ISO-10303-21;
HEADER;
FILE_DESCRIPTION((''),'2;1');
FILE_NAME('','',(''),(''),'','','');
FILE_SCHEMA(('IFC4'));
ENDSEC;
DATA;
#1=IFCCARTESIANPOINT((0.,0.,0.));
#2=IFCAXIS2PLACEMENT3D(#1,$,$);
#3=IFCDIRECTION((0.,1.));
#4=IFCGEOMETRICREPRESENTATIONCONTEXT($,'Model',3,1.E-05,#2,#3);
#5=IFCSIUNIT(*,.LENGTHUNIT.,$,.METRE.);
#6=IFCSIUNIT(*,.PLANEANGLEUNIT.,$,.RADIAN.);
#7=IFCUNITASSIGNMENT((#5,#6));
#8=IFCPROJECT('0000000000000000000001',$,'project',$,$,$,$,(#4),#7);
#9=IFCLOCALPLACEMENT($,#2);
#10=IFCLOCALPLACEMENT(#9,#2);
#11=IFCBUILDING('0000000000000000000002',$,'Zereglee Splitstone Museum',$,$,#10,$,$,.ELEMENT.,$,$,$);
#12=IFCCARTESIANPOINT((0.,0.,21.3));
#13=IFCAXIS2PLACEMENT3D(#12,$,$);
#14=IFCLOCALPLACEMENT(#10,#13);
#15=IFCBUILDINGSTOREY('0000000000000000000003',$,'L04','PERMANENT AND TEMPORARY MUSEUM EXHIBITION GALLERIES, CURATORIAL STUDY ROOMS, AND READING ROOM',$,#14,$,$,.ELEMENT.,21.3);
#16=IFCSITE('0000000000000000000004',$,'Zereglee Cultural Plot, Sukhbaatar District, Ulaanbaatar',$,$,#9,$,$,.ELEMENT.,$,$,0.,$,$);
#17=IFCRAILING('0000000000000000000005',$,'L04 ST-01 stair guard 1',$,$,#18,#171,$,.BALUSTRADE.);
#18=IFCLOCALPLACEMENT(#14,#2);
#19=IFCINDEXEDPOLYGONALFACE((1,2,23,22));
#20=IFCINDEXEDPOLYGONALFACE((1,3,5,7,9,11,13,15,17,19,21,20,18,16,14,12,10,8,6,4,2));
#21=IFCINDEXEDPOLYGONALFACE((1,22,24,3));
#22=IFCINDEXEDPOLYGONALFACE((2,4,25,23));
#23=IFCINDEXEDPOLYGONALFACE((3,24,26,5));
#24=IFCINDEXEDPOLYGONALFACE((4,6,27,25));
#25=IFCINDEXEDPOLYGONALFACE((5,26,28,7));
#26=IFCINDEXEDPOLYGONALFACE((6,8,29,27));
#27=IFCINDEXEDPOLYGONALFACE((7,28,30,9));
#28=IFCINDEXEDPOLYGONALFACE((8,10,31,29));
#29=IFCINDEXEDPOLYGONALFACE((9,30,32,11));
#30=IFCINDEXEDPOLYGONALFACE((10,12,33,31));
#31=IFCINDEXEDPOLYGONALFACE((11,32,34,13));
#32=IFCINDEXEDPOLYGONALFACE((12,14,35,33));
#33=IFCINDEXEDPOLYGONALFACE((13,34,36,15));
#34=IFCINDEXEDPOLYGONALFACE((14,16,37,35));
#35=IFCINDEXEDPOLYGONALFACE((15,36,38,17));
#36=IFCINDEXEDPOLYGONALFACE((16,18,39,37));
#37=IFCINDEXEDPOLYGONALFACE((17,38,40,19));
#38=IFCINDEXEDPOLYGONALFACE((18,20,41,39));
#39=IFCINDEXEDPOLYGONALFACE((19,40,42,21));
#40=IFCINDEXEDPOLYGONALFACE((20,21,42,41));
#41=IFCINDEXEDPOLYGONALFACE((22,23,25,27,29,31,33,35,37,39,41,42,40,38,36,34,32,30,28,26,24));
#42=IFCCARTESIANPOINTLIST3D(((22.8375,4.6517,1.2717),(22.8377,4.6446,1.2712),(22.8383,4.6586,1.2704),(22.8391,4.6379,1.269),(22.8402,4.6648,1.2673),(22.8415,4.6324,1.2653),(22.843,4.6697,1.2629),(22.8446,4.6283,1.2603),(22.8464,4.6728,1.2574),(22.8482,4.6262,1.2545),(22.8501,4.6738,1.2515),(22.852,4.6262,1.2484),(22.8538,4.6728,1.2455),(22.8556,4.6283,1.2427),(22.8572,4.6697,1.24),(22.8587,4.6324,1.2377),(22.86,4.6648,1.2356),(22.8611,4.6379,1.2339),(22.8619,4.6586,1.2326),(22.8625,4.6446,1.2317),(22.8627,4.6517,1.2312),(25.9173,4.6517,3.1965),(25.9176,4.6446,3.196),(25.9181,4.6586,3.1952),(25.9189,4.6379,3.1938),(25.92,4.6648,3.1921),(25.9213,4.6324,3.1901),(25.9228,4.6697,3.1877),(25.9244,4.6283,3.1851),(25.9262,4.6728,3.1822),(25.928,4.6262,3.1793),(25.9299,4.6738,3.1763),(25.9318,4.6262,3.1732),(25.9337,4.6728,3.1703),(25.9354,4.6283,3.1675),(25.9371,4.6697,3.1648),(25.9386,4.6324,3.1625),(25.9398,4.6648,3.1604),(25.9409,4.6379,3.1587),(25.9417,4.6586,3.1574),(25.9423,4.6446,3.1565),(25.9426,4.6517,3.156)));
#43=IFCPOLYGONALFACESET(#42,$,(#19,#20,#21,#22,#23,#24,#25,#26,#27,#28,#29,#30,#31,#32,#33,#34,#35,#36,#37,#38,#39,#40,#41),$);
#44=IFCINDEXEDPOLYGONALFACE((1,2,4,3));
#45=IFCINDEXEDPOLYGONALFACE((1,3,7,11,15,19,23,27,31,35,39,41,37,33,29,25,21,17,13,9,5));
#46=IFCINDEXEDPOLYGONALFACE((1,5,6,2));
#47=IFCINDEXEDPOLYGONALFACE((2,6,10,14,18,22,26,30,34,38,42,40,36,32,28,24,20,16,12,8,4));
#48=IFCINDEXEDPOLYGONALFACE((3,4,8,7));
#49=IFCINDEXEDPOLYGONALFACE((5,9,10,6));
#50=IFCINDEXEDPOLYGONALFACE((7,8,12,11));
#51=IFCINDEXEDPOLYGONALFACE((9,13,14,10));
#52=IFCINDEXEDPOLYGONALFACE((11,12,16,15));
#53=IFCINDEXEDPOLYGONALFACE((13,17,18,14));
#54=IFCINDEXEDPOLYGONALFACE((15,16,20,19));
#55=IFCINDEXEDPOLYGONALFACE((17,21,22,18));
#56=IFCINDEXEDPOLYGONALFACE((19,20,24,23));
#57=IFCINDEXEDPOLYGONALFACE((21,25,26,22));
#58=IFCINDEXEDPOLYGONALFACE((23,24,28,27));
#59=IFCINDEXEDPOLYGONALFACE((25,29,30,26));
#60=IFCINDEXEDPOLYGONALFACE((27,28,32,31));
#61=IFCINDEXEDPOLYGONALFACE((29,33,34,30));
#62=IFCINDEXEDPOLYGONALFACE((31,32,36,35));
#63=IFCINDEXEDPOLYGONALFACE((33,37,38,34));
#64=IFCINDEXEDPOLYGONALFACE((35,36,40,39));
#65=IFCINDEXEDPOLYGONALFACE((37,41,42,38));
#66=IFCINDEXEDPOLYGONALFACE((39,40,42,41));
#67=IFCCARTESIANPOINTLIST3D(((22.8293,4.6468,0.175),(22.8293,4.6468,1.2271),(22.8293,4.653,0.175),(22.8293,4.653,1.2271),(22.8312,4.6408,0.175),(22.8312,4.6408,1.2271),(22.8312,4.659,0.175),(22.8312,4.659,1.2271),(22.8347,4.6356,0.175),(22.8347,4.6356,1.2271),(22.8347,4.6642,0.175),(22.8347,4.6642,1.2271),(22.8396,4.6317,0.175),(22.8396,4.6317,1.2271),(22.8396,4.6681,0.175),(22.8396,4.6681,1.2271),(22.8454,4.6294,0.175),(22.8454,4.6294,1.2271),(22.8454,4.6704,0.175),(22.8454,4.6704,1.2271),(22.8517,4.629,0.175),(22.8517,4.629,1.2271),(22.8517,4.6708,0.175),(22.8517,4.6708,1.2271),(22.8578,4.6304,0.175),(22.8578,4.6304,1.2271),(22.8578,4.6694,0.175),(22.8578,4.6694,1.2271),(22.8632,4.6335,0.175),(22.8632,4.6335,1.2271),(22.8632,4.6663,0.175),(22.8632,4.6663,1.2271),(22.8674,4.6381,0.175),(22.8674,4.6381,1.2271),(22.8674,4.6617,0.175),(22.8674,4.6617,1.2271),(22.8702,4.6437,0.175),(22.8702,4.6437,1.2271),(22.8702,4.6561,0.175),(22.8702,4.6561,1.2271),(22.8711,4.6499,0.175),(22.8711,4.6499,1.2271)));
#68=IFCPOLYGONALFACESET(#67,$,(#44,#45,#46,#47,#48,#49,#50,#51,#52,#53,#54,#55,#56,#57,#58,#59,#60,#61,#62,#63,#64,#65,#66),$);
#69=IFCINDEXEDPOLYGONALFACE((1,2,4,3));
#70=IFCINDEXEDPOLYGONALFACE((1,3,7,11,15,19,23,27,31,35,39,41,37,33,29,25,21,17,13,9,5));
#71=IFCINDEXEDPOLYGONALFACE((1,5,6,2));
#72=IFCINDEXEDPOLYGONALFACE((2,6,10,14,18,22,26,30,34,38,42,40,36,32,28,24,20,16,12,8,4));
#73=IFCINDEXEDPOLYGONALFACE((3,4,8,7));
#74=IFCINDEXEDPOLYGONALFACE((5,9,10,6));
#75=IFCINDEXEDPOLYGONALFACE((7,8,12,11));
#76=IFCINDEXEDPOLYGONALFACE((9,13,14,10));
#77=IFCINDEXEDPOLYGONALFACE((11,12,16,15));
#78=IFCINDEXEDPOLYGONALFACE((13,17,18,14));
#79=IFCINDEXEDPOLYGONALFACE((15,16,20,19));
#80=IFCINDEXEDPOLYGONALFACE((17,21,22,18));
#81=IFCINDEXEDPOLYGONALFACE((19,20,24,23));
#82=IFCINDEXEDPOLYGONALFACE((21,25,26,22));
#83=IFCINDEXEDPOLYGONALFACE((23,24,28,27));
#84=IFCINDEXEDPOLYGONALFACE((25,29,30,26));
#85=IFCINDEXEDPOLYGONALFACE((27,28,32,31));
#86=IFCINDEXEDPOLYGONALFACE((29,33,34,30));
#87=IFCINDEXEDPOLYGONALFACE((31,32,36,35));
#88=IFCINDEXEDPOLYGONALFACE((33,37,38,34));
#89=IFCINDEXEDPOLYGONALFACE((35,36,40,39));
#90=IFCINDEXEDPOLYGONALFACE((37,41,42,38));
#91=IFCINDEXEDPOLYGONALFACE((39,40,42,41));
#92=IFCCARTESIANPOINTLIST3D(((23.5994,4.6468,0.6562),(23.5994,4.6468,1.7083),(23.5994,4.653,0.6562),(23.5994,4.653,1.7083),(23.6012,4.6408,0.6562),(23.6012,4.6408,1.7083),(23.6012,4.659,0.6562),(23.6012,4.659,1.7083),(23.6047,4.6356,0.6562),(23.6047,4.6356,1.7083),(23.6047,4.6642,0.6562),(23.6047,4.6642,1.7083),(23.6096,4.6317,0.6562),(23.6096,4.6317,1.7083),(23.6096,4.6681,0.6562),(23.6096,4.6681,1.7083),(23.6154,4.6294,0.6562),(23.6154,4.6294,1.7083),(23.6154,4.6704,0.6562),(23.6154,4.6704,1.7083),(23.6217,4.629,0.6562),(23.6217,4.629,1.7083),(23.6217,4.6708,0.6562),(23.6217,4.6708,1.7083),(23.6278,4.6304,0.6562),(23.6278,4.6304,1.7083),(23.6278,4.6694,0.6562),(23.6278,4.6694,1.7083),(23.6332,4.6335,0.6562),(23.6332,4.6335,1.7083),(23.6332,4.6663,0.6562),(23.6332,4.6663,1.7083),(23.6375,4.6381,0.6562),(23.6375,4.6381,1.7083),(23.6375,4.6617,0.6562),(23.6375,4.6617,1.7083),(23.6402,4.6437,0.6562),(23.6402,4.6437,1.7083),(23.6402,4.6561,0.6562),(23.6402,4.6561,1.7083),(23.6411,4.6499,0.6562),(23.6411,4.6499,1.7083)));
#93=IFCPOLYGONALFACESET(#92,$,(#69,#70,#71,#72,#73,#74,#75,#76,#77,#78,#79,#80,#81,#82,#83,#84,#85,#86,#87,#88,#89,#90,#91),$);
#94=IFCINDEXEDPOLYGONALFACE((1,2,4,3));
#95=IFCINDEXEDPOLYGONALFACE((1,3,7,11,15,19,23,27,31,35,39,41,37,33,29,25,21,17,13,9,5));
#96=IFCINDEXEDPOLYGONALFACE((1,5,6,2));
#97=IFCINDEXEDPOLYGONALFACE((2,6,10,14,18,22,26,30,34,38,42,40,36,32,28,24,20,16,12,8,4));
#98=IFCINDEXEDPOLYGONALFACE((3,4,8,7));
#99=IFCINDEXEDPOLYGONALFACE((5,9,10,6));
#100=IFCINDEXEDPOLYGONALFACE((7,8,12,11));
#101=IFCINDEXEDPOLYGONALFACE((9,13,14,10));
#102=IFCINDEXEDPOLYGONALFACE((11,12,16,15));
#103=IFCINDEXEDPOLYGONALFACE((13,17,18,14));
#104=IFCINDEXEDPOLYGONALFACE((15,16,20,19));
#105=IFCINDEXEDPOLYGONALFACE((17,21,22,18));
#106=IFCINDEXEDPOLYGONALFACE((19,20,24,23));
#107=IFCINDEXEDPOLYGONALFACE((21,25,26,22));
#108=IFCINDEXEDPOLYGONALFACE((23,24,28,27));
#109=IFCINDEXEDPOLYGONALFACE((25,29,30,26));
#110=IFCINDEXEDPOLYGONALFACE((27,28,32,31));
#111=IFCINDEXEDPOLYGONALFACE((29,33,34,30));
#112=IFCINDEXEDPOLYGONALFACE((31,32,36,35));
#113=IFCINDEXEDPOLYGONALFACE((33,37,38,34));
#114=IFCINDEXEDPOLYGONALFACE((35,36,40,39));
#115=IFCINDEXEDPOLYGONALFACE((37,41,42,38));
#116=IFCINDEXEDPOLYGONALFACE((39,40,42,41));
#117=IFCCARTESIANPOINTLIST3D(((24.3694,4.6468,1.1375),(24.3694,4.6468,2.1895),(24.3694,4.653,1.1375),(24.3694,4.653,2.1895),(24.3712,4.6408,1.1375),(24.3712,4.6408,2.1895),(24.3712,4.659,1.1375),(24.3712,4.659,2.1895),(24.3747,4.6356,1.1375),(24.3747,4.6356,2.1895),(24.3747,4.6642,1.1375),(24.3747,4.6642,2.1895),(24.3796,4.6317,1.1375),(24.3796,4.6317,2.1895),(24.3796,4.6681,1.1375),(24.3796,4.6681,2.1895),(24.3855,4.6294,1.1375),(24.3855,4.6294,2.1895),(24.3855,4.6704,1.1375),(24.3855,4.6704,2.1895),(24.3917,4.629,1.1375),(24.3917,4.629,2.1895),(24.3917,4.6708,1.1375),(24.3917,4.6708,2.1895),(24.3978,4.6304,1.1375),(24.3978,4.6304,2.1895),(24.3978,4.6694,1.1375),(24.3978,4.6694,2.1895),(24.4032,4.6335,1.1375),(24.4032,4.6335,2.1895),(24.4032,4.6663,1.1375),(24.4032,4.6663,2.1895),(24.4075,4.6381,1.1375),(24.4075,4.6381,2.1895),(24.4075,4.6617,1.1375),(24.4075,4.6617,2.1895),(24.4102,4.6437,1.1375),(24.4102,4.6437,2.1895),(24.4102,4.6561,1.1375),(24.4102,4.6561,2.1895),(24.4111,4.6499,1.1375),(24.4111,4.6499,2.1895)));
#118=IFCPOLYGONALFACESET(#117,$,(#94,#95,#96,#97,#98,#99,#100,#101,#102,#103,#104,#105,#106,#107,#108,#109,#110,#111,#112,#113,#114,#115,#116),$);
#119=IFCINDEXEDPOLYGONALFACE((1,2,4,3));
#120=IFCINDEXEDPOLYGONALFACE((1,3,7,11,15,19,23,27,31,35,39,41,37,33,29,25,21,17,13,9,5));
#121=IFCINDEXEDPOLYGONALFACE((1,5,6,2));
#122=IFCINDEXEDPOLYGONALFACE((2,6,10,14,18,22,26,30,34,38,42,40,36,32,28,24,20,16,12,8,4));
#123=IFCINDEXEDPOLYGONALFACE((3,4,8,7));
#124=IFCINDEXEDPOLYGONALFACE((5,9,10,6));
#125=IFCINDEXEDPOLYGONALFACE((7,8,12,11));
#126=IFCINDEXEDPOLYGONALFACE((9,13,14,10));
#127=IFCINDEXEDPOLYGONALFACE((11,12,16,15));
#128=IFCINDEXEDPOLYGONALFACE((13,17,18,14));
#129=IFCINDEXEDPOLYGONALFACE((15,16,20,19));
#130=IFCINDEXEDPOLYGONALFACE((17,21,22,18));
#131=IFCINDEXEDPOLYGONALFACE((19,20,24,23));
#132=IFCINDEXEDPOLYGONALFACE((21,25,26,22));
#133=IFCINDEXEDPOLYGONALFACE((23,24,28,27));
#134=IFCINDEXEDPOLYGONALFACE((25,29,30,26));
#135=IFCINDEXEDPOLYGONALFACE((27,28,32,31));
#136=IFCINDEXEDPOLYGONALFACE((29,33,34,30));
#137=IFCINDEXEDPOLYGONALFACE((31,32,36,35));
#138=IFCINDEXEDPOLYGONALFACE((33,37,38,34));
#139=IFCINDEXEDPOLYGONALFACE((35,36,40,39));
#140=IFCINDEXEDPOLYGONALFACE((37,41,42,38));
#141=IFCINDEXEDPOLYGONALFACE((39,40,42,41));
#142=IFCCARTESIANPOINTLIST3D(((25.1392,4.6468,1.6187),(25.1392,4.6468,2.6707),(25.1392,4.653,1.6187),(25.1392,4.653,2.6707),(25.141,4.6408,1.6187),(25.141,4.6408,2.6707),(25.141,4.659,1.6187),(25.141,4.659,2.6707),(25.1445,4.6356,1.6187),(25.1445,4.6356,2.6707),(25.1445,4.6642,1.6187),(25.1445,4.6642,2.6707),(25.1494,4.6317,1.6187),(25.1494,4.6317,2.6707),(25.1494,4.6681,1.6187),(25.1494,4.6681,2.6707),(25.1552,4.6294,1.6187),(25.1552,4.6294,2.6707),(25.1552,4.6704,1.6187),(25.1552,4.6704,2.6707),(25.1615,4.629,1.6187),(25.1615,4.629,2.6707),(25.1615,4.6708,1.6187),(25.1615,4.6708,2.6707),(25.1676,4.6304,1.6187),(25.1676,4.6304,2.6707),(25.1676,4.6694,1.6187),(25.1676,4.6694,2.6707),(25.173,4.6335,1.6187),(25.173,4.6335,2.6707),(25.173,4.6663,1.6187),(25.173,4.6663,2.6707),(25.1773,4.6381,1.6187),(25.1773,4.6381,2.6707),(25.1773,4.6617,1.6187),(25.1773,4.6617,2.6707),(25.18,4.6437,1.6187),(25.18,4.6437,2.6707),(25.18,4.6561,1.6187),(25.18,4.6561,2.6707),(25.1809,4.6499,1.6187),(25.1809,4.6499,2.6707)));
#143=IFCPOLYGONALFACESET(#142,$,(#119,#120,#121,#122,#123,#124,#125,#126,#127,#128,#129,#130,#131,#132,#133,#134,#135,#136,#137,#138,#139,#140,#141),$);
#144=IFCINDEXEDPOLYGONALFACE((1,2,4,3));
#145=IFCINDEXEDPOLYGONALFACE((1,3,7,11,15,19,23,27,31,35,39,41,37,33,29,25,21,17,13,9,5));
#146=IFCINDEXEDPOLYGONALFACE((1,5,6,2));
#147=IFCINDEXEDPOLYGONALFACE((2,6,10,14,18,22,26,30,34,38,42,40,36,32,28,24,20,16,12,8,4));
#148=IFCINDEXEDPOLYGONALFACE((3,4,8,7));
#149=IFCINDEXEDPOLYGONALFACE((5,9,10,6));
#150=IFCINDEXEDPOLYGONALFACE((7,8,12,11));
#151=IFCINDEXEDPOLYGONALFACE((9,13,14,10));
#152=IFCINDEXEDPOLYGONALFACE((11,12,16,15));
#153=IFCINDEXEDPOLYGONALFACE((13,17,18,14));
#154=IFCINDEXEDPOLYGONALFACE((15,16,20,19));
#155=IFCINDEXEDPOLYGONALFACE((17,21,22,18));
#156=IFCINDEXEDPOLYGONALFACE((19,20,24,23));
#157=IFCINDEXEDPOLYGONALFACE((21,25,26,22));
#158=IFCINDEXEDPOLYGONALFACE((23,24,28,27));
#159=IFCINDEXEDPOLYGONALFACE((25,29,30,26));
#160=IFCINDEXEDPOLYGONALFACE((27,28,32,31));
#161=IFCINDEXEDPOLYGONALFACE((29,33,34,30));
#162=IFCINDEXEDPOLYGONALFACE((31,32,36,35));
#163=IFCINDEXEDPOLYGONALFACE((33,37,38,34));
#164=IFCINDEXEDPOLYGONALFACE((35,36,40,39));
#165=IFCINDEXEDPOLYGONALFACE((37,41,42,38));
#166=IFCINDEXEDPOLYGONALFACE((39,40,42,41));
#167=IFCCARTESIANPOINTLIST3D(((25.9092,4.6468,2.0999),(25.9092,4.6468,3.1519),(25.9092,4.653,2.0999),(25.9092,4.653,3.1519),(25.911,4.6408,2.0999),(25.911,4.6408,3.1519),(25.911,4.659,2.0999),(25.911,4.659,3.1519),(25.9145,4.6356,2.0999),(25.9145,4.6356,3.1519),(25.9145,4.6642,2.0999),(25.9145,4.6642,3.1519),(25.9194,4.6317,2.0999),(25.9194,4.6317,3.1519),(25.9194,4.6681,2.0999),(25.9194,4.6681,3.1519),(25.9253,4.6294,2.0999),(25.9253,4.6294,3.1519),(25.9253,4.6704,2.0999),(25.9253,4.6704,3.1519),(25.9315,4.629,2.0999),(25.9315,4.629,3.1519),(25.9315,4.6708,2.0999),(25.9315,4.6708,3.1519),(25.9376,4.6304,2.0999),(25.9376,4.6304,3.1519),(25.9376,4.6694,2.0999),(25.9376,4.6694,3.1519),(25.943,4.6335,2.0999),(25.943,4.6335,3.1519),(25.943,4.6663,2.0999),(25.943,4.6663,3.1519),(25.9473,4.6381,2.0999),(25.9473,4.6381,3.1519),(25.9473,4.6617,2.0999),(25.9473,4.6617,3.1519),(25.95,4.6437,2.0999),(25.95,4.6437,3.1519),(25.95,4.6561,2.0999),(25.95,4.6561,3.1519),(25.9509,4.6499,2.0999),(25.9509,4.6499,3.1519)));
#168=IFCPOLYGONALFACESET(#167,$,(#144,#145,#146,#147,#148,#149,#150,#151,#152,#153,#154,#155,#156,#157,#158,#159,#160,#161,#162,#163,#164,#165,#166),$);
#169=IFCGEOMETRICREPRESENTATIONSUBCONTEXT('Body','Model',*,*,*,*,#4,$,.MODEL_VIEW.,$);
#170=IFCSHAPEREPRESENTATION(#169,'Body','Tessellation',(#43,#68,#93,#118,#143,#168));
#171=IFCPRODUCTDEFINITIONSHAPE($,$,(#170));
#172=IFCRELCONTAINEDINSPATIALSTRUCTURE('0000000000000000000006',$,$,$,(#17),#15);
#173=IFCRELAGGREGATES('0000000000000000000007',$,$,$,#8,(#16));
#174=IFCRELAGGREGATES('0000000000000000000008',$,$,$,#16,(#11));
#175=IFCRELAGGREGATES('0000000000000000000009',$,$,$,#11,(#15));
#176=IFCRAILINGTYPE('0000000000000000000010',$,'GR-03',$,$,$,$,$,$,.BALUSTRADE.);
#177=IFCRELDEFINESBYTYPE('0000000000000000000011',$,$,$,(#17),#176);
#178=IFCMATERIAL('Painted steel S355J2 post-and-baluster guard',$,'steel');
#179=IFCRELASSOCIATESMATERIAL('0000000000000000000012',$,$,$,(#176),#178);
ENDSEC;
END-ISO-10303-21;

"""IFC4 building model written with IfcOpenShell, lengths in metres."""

from ifc_helpers import new_model, si_unit, direction, frame, origin, origin_2d, place, context, subcontext, project, spatial, circle, extrude, material, type_object, element, save


model = new_model("IFC4")

# Units and contexts
model_context = context("Model", 3, precision=1e-05, world=origin(), true_north=direction((0.0, 1.0)))
body_context = subcontext(model_context, "Body", "Model", "MODEL_VIEW")
ifc_project = project(units=[si_unit("LENGTHUNIT", "METRE"), si_unit("PLANEANGLEUNIT", "RADIAN")], contexts=[model_context])

# Site, building, storey
site_placement = place(None, origin())
site = spatial("IfcSite", under=ifc_project, at=site_placement, Name="Zereglee Cultural Plot, Sukhbaatar District, Ulaanbaatar", CompositionType="ELEMENT", RefElevation=0.0)
building_placement = place(site_placement, origin())
building = spatial("IfcBuilding", under=site, at=building_placement, Name="Zereglee Splitstone Museum", CompositionType="ELEMENT")
storey_placement = place(building_placement, frame((0.0, 0.0, 21.3)))
storey = spatial("IfcBuildingStorey", under=building, at=storey_placement, Name="L04", Description="PERMANENT AND TEMPORARY MUSEUM EXHIBITION GALLERIES, CURATORIAL STUDY ROOMS, AND READING ROOM", CompositionType="ELEMENT", Elevation=21.3)

# Railing
ifc_material_1 = material(Name="Painted steel S355J2 post-and-baluster guard", Category="steel")
railing_type_1 = type_object("IfcRailingType", Name="GR-03", PredefinedType="BALUSTRADE", material=ifc_material_1)
railing_1_placement = place(storey_placement, frame((22.8501, 4.6499, 0.175)))
element("IfcRailing", 1, at=railing_1_placement, inside=storey, type_object=railing_type_1, Name="L04 ST-01 stair guard 1", PredefinedType="BALUSTRADE", context=body_context, shape_type="SweptSolid", body=[
    extrude(circle(Radius=0.0239, at=origin_2d()), frame((0.0, 0.0, 1.0764), z_axis=(0.84801, 0.0, 0.529981), x_axis=(0.0, 1.0, 0.0)), (0.0, 0.0, 1.0), 3.6318),
    extrude(circle(Radius=0.021, at=origin_2d()), origin(), (0.0, 0.0, 1.0), 1.052),
    extrude(circle(Radius=0.021, at=origin_2d()), frame((0.77, 0.0, 0.4812)), (0.0, 0.0, 1.0), 1.052),
    extrude(circle(Radius=0.021, at=origin_2d()), frame((1.54, 0.0, 0.9624)), (0.0, 0.0, 1.0), 1.052),
    extrude(circle(Radius=0.021, at=origin_2d()), frame((2.3098, 0.0, 1.4436)), (0.0, 0.0, 1.0), 1.052),
    extrude(circle(Radius=0.021, at=origin_2d()), frame((3.0798, 0.0, 1.9248)), (0.0, 0.0, 1.0), 1.052),
])

save(model, "model.ifc")
